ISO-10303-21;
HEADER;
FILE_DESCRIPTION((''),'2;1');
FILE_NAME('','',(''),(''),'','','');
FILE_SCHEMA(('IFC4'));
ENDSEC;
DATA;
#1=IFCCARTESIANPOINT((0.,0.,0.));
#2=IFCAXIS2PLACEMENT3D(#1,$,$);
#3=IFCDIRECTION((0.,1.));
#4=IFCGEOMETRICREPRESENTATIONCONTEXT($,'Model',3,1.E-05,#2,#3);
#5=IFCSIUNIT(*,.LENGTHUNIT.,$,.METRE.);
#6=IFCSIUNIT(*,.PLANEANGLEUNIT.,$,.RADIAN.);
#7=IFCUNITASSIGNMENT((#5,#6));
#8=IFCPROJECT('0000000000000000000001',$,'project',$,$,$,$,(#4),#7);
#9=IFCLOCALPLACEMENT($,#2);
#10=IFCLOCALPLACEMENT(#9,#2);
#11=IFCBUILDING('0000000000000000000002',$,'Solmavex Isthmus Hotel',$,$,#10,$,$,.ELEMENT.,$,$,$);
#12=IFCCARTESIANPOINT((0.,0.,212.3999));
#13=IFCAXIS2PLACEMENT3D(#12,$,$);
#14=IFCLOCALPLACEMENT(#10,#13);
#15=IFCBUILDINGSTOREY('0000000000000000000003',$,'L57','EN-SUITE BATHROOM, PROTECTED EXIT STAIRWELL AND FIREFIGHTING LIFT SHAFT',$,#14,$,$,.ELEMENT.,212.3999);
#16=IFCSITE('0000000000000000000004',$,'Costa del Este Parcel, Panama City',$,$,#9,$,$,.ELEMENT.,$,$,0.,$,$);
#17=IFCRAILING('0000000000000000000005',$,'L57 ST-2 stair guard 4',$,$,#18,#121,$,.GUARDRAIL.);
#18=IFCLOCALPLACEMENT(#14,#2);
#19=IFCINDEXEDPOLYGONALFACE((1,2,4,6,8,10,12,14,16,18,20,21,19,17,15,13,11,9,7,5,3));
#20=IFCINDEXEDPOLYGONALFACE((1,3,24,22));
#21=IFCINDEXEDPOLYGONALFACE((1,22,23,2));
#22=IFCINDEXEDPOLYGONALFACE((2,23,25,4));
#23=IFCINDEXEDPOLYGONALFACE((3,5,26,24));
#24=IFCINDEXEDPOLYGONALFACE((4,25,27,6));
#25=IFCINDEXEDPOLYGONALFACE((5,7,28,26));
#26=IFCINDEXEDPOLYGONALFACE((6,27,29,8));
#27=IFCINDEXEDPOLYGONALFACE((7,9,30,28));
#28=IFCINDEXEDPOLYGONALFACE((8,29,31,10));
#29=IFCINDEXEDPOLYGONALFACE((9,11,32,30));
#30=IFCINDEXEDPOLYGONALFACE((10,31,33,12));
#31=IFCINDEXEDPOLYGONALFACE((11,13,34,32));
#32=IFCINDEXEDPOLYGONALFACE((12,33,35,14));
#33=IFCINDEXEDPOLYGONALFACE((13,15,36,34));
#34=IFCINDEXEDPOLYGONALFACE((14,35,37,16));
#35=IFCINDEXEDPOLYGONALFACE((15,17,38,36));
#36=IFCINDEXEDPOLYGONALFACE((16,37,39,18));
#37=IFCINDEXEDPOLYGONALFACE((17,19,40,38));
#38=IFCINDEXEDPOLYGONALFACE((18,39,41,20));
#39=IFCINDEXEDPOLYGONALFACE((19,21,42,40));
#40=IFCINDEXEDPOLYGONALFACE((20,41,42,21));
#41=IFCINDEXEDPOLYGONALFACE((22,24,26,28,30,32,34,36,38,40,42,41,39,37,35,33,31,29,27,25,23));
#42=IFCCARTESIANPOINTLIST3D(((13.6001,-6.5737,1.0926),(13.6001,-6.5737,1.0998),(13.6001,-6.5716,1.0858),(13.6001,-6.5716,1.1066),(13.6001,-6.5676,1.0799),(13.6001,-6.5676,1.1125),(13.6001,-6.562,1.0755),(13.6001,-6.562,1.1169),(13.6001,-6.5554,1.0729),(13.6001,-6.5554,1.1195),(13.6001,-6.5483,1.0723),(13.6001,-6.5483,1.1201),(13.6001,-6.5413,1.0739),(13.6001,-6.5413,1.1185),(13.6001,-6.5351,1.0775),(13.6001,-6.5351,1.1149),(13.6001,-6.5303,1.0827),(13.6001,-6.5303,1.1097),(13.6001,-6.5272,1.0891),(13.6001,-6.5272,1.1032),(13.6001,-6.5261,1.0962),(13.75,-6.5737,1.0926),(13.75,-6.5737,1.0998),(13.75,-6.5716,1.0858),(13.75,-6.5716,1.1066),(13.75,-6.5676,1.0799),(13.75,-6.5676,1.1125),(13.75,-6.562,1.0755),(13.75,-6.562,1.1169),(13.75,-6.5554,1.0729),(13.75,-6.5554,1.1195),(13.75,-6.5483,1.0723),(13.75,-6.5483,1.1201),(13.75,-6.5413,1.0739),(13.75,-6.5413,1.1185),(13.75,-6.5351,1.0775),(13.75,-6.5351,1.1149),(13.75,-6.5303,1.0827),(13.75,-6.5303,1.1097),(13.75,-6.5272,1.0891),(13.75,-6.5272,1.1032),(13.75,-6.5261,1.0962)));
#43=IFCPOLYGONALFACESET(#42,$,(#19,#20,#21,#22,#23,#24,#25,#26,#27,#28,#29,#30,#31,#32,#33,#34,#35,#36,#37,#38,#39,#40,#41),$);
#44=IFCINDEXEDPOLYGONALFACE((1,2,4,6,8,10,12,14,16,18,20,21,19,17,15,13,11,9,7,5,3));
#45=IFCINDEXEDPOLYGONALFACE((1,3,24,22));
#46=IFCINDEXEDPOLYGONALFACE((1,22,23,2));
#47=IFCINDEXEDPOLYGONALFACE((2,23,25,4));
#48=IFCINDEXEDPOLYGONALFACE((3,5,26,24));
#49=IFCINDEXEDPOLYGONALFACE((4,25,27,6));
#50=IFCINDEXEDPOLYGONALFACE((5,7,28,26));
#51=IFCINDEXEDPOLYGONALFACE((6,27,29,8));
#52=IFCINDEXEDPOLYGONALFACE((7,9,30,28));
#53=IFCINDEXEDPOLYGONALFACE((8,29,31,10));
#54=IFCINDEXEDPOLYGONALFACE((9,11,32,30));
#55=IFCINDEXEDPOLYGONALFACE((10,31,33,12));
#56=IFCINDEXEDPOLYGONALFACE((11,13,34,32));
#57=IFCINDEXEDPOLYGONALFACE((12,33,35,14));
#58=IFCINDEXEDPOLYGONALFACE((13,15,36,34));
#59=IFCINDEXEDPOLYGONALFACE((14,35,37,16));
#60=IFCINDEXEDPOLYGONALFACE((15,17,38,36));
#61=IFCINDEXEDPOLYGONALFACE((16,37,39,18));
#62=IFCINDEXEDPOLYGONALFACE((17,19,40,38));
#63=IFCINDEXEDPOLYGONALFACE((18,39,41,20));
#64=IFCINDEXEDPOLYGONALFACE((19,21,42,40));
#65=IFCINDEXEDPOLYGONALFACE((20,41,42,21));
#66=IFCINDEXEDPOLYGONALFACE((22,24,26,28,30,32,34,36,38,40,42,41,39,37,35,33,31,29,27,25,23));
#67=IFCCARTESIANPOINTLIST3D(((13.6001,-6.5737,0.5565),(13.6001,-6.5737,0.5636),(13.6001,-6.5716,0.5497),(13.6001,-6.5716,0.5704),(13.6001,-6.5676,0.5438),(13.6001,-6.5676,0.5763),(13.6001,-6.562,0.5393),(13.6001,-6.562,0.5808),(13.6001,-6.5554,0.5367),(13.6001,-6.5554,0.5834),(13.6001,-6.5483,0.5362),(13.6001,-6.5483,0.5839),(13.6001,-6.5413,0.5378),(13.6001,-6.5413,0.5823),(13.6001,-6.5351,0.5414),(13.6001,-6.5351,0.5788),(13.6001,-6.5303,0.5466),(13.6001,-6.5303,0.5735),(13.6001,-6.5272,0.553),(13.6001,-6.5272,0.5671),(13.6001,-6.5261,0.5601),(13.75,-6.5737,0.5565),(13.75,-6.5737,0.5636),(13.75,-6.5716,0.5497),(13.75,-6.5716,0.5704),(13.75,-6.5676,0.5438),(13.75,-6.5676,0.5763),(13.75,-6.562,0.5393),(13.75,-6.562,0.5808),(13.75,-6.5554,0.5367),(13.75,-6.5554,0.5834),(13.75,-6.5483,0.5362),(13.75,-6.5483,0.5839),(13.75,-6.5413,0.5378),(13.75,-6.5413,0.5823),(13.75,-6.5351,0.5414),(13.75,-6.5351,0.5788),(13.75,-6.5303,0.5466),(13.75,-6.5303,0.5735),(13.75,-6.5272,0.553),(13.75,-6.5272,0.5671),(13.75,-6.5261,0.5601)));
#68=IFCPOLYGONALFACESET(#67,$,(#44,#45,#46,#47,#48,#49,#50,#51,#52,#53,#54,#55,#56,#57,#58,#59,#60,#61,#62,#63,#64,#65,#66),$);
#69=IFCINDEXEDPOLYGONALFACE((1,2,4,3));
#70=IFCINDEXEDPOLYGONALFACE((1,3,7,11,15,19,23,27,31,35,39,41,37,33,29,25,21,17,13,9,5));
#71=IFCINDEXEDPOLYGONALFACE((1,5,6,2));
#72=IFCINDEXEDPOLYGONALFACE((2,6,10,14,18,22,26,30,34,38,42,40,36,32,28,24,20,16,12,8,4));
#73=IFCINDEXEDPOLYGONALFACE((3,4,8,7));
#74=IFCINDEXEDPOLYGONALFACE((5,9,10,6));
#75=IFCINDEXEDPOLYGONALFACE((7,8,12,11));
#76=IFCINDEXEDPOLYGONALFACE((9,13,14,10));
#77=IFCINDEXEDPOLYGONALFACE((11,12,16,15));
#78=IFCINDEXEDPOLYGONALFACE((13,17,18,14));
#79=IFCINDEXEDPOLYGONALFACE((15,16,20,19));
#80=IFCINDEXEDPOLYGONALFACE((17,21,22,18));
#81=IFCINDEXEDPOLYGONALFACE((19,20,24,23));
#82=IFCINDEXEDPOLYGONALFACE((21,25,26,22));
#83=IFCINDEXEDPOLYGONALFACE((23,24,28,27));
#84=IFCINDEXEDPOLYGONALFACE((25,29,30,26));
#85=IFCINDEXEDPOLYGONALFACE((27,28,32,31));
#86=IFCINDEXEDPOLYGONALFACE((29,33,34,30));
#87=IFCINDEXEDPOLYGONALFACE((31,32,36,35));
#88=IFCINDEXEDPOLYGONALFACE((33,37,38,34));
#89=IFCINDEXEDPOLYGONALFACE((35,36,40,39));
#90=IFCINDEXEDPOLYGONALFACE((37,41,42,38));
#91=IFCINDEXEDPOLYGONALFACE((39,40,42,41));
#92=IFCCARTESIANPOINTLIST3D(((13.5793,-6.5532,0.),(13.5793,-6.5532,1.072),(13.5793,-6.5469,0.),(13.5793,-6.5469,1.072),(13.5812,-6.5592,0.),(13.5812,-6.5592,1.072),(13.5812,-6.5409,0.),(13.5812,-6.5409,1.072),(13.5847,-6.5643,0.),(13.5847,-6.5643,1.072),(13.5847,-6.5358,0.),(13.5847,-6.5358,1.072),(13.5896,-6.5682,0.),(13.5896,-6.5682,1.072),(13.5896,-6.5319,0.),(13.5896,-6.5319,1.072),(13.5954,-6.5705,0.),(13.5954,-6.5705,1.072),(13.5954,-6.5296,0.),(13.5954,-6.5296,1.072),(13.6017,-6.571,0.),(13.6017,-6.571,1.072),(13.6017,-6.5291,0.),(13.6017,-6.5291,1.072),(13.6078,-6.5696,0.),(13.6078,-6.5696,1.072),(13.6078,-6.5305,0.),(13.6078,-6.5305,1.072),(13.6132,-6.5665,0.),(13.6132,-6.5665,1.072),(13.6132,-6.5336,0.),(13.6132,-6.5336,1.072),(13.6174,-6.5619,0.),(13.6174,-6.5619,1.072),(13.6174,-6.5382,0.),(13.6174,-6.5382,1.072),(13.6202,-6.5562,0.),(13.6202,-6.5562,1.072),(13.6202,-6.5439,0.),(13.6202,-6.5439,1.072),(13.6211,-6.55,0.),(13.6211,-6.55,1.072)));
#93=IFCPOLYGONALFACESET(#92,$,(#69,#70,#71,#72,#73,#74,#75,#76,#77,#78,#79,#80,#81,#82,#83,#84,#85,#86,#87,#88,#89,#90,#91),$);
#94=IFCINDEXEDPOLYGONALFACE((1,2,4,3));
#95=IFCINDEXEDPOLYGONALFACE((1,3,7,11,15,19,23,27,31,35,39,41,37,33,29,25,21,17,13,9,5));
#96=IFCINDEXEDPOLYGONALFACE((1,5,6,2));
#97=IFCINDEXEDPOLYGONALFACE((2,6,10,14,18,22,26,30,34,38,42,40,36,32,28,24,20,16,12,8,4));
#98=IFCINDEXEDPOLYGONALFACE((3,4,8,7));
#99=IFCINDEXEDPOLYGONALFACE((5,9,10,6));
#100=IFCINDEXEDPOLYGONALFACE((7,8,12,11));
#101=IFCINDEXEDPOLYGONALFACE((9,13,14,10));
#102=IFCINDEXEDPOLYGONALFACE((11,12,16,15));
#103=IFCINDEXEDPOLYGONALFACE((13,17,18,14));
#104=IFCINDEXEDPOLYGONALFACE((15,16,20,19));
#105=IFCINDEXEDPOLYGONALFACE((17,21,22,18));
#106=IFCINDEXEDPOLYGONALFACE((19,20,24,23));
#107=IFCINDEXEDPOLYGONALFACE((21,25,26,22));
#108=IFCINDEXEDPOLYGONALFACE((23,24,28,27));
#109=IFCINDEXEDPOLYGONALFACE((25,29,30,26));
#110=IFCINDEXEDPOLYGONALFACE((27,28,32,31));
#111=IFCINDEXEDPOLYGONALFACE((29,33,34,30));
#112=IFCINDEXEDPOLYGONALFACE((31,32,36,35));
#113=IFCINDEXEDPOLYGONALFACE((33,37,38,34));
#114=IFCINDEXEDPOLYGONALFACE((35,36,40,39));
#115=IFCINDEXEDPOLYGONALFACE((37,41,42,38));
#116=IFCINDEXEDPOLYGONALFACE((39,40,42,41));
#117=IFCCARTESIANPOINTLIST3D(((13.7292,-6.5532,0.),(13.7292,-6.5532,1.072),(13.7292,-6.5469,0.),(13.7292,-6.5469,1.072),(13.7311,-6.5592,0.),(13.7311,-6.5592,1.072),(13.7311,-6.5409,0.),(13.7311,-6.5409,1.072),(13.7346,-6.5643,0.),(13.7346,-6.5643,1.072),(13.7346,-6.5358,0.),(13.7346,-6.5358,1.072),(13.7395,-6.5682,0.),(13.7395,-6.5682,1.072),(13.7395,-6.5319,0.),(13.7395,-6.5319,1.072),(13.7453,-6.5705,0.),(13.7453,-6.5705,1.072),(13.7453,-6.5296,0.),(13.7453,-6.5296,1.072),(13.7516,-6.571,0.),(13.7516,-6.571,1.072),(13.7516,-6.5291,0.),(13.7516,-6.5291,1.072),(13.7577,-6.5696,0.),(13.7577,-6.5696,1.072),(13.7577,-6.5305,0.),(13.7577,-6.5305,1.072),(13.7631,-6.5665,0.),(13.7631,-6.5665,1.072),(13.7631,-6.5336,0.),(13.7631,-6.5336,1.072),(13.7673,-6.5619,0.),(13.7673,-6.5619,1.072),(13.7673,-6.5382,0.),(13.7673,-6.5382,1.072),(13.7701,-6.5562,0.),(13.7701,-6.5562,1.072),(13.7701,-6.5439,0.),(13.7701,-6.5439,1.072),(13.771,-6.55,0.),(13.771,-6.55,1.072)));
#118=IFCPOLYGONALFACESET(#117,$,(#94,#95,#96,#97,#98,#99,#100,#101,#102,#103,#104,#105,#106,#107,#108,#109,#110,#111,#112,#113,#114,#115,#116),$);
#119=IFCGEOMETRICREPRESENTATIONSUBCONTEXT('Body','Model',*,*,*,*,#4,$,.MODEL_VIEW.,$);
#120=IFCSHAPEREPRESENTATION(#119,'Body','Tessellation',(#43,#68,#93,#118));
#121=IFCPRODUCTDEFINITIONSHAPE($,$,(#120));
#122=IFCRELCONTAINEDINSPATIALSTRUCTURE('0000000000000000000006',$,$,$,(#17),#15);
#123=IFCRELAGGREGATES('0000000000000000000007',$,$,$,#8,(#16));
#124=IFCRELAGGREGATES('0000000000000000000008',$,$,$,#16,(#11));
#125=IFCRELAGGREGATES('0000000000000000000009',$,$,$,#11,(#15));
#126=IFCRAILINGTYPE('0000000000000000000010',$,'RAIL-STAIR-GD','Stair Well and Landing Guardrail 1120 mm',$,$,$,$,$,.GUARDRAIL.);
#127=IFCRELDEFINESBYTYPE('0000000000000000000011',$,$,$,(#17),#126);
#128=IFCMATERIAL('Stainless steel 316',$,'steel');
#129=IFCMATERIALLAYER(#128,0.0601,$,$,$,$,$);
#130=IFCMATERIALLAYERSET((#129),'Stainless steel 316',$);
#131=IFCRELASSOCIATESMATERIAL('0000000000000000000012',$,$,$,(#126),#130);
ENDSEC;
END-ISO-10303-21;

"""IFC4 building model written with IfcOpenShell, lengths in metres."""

from ifc_helpers import new_model, si_unit, direction, frame, origin, origin_2d, place, context, subcontext, project, spatial, circle, extrude, material, layer, layer_set, type_object, element, save


model = new_model("IFC4")

# Units and contexts
model_context = context("Model", 3, precision=1e-05, world=origin(), true_north=direction((0.0, 1.0)))
body_context = subcontext(model_context, "Body", "Model", "MODEL_VIEW")
ifc_project = project(units=[si_unit("LENGTHUNIT", "METRE"), si_unit("PLANEANGLEUNIT", "RADIAN")], contexts=[model_context])

# Site, building, storey
site_placement = place(None, origin())
site = spatial("IfcSite", under=ifc_project, at=site_placement, Name="Costa del Este Parcel, Panama City", CompositionType="ELEMENT", RefElevation=0.0)
building_placement = place(site_placement, origin())
building = spatial("IfcBuilding", under=site, at=building_placement, Name="Solmavex Isthmus Hotel", CompositionType="ELEMENT")
storey_placement = place(building_placement, frame((0.0, 0.0, 212.3999)))
storey = spatial("IfcBuildingStorey", under=building, at=storey_placement, Name="L57", Description="EN-SUITE BATHROOM, PROTECTED EXIT STAIRWELL AND FIREFIGHTING LIFT SHAFT", CompositionType="ELEMENT", Elevation=212.3999)

# Railing
ifc_material_1 = material(Name="Stainless steel 316", Category="steel")
ifc_layer_1 = layer(ifc_material_1, 0.0601)
ifc_layer_set_1 = layer_set([ifc_layer_1], Name="Stainless steel 316")
railing_type_1 = type_object("IfcRailingType", Name="RAIL-STAIR-GD", Description="Stair Well and Landing Guardrail 1120 mm", PredefinedType="GUARDRAIL", material=ifc_layer_set_1)
railing_1_placement = place(storey_placement, frame((13.6001, -6.55, 0.0)))
element("IfcRailing", 1, at=railing_1_placement, inside=storey, type_object=railing_type_1, Name="L57 ST-2 stair guard 4", PredefinedType="GUARDRAIL", context=body_context, shape_type="SweptSolid", body=[
    extrude(circle(Radius=0.0239, at=origin_2d()), frame((0.0, 0.0, 1.0962), z_axis=(1.0, 0.0, 0.0), x_axis=(0.0, 1.0, 0.0)), (0.0, 0.0, 1.0), 0.1499),
    extrude(circle(Radius=0.0239, at=origin_2d()), frame((0.0, 0.0, 0.5601), z_axis=(1.0, 0.0, 0.0), x_axis=(0.0, 1.0, 0.0)), (0.0, 0.0, 1.0), 0.1499),
    extrude(circle(Radius=0.021, at=origin_2d()), origin(), (0.0, 0.0, 1.0), 1.072),
    extrude(circle(Radius=0.021, at=origin_2d()), frame((0.1499, 0.0, 0.0)), (0.0, 0.0, 1.0), 1.072),
])

save(model, "model.ifc")
